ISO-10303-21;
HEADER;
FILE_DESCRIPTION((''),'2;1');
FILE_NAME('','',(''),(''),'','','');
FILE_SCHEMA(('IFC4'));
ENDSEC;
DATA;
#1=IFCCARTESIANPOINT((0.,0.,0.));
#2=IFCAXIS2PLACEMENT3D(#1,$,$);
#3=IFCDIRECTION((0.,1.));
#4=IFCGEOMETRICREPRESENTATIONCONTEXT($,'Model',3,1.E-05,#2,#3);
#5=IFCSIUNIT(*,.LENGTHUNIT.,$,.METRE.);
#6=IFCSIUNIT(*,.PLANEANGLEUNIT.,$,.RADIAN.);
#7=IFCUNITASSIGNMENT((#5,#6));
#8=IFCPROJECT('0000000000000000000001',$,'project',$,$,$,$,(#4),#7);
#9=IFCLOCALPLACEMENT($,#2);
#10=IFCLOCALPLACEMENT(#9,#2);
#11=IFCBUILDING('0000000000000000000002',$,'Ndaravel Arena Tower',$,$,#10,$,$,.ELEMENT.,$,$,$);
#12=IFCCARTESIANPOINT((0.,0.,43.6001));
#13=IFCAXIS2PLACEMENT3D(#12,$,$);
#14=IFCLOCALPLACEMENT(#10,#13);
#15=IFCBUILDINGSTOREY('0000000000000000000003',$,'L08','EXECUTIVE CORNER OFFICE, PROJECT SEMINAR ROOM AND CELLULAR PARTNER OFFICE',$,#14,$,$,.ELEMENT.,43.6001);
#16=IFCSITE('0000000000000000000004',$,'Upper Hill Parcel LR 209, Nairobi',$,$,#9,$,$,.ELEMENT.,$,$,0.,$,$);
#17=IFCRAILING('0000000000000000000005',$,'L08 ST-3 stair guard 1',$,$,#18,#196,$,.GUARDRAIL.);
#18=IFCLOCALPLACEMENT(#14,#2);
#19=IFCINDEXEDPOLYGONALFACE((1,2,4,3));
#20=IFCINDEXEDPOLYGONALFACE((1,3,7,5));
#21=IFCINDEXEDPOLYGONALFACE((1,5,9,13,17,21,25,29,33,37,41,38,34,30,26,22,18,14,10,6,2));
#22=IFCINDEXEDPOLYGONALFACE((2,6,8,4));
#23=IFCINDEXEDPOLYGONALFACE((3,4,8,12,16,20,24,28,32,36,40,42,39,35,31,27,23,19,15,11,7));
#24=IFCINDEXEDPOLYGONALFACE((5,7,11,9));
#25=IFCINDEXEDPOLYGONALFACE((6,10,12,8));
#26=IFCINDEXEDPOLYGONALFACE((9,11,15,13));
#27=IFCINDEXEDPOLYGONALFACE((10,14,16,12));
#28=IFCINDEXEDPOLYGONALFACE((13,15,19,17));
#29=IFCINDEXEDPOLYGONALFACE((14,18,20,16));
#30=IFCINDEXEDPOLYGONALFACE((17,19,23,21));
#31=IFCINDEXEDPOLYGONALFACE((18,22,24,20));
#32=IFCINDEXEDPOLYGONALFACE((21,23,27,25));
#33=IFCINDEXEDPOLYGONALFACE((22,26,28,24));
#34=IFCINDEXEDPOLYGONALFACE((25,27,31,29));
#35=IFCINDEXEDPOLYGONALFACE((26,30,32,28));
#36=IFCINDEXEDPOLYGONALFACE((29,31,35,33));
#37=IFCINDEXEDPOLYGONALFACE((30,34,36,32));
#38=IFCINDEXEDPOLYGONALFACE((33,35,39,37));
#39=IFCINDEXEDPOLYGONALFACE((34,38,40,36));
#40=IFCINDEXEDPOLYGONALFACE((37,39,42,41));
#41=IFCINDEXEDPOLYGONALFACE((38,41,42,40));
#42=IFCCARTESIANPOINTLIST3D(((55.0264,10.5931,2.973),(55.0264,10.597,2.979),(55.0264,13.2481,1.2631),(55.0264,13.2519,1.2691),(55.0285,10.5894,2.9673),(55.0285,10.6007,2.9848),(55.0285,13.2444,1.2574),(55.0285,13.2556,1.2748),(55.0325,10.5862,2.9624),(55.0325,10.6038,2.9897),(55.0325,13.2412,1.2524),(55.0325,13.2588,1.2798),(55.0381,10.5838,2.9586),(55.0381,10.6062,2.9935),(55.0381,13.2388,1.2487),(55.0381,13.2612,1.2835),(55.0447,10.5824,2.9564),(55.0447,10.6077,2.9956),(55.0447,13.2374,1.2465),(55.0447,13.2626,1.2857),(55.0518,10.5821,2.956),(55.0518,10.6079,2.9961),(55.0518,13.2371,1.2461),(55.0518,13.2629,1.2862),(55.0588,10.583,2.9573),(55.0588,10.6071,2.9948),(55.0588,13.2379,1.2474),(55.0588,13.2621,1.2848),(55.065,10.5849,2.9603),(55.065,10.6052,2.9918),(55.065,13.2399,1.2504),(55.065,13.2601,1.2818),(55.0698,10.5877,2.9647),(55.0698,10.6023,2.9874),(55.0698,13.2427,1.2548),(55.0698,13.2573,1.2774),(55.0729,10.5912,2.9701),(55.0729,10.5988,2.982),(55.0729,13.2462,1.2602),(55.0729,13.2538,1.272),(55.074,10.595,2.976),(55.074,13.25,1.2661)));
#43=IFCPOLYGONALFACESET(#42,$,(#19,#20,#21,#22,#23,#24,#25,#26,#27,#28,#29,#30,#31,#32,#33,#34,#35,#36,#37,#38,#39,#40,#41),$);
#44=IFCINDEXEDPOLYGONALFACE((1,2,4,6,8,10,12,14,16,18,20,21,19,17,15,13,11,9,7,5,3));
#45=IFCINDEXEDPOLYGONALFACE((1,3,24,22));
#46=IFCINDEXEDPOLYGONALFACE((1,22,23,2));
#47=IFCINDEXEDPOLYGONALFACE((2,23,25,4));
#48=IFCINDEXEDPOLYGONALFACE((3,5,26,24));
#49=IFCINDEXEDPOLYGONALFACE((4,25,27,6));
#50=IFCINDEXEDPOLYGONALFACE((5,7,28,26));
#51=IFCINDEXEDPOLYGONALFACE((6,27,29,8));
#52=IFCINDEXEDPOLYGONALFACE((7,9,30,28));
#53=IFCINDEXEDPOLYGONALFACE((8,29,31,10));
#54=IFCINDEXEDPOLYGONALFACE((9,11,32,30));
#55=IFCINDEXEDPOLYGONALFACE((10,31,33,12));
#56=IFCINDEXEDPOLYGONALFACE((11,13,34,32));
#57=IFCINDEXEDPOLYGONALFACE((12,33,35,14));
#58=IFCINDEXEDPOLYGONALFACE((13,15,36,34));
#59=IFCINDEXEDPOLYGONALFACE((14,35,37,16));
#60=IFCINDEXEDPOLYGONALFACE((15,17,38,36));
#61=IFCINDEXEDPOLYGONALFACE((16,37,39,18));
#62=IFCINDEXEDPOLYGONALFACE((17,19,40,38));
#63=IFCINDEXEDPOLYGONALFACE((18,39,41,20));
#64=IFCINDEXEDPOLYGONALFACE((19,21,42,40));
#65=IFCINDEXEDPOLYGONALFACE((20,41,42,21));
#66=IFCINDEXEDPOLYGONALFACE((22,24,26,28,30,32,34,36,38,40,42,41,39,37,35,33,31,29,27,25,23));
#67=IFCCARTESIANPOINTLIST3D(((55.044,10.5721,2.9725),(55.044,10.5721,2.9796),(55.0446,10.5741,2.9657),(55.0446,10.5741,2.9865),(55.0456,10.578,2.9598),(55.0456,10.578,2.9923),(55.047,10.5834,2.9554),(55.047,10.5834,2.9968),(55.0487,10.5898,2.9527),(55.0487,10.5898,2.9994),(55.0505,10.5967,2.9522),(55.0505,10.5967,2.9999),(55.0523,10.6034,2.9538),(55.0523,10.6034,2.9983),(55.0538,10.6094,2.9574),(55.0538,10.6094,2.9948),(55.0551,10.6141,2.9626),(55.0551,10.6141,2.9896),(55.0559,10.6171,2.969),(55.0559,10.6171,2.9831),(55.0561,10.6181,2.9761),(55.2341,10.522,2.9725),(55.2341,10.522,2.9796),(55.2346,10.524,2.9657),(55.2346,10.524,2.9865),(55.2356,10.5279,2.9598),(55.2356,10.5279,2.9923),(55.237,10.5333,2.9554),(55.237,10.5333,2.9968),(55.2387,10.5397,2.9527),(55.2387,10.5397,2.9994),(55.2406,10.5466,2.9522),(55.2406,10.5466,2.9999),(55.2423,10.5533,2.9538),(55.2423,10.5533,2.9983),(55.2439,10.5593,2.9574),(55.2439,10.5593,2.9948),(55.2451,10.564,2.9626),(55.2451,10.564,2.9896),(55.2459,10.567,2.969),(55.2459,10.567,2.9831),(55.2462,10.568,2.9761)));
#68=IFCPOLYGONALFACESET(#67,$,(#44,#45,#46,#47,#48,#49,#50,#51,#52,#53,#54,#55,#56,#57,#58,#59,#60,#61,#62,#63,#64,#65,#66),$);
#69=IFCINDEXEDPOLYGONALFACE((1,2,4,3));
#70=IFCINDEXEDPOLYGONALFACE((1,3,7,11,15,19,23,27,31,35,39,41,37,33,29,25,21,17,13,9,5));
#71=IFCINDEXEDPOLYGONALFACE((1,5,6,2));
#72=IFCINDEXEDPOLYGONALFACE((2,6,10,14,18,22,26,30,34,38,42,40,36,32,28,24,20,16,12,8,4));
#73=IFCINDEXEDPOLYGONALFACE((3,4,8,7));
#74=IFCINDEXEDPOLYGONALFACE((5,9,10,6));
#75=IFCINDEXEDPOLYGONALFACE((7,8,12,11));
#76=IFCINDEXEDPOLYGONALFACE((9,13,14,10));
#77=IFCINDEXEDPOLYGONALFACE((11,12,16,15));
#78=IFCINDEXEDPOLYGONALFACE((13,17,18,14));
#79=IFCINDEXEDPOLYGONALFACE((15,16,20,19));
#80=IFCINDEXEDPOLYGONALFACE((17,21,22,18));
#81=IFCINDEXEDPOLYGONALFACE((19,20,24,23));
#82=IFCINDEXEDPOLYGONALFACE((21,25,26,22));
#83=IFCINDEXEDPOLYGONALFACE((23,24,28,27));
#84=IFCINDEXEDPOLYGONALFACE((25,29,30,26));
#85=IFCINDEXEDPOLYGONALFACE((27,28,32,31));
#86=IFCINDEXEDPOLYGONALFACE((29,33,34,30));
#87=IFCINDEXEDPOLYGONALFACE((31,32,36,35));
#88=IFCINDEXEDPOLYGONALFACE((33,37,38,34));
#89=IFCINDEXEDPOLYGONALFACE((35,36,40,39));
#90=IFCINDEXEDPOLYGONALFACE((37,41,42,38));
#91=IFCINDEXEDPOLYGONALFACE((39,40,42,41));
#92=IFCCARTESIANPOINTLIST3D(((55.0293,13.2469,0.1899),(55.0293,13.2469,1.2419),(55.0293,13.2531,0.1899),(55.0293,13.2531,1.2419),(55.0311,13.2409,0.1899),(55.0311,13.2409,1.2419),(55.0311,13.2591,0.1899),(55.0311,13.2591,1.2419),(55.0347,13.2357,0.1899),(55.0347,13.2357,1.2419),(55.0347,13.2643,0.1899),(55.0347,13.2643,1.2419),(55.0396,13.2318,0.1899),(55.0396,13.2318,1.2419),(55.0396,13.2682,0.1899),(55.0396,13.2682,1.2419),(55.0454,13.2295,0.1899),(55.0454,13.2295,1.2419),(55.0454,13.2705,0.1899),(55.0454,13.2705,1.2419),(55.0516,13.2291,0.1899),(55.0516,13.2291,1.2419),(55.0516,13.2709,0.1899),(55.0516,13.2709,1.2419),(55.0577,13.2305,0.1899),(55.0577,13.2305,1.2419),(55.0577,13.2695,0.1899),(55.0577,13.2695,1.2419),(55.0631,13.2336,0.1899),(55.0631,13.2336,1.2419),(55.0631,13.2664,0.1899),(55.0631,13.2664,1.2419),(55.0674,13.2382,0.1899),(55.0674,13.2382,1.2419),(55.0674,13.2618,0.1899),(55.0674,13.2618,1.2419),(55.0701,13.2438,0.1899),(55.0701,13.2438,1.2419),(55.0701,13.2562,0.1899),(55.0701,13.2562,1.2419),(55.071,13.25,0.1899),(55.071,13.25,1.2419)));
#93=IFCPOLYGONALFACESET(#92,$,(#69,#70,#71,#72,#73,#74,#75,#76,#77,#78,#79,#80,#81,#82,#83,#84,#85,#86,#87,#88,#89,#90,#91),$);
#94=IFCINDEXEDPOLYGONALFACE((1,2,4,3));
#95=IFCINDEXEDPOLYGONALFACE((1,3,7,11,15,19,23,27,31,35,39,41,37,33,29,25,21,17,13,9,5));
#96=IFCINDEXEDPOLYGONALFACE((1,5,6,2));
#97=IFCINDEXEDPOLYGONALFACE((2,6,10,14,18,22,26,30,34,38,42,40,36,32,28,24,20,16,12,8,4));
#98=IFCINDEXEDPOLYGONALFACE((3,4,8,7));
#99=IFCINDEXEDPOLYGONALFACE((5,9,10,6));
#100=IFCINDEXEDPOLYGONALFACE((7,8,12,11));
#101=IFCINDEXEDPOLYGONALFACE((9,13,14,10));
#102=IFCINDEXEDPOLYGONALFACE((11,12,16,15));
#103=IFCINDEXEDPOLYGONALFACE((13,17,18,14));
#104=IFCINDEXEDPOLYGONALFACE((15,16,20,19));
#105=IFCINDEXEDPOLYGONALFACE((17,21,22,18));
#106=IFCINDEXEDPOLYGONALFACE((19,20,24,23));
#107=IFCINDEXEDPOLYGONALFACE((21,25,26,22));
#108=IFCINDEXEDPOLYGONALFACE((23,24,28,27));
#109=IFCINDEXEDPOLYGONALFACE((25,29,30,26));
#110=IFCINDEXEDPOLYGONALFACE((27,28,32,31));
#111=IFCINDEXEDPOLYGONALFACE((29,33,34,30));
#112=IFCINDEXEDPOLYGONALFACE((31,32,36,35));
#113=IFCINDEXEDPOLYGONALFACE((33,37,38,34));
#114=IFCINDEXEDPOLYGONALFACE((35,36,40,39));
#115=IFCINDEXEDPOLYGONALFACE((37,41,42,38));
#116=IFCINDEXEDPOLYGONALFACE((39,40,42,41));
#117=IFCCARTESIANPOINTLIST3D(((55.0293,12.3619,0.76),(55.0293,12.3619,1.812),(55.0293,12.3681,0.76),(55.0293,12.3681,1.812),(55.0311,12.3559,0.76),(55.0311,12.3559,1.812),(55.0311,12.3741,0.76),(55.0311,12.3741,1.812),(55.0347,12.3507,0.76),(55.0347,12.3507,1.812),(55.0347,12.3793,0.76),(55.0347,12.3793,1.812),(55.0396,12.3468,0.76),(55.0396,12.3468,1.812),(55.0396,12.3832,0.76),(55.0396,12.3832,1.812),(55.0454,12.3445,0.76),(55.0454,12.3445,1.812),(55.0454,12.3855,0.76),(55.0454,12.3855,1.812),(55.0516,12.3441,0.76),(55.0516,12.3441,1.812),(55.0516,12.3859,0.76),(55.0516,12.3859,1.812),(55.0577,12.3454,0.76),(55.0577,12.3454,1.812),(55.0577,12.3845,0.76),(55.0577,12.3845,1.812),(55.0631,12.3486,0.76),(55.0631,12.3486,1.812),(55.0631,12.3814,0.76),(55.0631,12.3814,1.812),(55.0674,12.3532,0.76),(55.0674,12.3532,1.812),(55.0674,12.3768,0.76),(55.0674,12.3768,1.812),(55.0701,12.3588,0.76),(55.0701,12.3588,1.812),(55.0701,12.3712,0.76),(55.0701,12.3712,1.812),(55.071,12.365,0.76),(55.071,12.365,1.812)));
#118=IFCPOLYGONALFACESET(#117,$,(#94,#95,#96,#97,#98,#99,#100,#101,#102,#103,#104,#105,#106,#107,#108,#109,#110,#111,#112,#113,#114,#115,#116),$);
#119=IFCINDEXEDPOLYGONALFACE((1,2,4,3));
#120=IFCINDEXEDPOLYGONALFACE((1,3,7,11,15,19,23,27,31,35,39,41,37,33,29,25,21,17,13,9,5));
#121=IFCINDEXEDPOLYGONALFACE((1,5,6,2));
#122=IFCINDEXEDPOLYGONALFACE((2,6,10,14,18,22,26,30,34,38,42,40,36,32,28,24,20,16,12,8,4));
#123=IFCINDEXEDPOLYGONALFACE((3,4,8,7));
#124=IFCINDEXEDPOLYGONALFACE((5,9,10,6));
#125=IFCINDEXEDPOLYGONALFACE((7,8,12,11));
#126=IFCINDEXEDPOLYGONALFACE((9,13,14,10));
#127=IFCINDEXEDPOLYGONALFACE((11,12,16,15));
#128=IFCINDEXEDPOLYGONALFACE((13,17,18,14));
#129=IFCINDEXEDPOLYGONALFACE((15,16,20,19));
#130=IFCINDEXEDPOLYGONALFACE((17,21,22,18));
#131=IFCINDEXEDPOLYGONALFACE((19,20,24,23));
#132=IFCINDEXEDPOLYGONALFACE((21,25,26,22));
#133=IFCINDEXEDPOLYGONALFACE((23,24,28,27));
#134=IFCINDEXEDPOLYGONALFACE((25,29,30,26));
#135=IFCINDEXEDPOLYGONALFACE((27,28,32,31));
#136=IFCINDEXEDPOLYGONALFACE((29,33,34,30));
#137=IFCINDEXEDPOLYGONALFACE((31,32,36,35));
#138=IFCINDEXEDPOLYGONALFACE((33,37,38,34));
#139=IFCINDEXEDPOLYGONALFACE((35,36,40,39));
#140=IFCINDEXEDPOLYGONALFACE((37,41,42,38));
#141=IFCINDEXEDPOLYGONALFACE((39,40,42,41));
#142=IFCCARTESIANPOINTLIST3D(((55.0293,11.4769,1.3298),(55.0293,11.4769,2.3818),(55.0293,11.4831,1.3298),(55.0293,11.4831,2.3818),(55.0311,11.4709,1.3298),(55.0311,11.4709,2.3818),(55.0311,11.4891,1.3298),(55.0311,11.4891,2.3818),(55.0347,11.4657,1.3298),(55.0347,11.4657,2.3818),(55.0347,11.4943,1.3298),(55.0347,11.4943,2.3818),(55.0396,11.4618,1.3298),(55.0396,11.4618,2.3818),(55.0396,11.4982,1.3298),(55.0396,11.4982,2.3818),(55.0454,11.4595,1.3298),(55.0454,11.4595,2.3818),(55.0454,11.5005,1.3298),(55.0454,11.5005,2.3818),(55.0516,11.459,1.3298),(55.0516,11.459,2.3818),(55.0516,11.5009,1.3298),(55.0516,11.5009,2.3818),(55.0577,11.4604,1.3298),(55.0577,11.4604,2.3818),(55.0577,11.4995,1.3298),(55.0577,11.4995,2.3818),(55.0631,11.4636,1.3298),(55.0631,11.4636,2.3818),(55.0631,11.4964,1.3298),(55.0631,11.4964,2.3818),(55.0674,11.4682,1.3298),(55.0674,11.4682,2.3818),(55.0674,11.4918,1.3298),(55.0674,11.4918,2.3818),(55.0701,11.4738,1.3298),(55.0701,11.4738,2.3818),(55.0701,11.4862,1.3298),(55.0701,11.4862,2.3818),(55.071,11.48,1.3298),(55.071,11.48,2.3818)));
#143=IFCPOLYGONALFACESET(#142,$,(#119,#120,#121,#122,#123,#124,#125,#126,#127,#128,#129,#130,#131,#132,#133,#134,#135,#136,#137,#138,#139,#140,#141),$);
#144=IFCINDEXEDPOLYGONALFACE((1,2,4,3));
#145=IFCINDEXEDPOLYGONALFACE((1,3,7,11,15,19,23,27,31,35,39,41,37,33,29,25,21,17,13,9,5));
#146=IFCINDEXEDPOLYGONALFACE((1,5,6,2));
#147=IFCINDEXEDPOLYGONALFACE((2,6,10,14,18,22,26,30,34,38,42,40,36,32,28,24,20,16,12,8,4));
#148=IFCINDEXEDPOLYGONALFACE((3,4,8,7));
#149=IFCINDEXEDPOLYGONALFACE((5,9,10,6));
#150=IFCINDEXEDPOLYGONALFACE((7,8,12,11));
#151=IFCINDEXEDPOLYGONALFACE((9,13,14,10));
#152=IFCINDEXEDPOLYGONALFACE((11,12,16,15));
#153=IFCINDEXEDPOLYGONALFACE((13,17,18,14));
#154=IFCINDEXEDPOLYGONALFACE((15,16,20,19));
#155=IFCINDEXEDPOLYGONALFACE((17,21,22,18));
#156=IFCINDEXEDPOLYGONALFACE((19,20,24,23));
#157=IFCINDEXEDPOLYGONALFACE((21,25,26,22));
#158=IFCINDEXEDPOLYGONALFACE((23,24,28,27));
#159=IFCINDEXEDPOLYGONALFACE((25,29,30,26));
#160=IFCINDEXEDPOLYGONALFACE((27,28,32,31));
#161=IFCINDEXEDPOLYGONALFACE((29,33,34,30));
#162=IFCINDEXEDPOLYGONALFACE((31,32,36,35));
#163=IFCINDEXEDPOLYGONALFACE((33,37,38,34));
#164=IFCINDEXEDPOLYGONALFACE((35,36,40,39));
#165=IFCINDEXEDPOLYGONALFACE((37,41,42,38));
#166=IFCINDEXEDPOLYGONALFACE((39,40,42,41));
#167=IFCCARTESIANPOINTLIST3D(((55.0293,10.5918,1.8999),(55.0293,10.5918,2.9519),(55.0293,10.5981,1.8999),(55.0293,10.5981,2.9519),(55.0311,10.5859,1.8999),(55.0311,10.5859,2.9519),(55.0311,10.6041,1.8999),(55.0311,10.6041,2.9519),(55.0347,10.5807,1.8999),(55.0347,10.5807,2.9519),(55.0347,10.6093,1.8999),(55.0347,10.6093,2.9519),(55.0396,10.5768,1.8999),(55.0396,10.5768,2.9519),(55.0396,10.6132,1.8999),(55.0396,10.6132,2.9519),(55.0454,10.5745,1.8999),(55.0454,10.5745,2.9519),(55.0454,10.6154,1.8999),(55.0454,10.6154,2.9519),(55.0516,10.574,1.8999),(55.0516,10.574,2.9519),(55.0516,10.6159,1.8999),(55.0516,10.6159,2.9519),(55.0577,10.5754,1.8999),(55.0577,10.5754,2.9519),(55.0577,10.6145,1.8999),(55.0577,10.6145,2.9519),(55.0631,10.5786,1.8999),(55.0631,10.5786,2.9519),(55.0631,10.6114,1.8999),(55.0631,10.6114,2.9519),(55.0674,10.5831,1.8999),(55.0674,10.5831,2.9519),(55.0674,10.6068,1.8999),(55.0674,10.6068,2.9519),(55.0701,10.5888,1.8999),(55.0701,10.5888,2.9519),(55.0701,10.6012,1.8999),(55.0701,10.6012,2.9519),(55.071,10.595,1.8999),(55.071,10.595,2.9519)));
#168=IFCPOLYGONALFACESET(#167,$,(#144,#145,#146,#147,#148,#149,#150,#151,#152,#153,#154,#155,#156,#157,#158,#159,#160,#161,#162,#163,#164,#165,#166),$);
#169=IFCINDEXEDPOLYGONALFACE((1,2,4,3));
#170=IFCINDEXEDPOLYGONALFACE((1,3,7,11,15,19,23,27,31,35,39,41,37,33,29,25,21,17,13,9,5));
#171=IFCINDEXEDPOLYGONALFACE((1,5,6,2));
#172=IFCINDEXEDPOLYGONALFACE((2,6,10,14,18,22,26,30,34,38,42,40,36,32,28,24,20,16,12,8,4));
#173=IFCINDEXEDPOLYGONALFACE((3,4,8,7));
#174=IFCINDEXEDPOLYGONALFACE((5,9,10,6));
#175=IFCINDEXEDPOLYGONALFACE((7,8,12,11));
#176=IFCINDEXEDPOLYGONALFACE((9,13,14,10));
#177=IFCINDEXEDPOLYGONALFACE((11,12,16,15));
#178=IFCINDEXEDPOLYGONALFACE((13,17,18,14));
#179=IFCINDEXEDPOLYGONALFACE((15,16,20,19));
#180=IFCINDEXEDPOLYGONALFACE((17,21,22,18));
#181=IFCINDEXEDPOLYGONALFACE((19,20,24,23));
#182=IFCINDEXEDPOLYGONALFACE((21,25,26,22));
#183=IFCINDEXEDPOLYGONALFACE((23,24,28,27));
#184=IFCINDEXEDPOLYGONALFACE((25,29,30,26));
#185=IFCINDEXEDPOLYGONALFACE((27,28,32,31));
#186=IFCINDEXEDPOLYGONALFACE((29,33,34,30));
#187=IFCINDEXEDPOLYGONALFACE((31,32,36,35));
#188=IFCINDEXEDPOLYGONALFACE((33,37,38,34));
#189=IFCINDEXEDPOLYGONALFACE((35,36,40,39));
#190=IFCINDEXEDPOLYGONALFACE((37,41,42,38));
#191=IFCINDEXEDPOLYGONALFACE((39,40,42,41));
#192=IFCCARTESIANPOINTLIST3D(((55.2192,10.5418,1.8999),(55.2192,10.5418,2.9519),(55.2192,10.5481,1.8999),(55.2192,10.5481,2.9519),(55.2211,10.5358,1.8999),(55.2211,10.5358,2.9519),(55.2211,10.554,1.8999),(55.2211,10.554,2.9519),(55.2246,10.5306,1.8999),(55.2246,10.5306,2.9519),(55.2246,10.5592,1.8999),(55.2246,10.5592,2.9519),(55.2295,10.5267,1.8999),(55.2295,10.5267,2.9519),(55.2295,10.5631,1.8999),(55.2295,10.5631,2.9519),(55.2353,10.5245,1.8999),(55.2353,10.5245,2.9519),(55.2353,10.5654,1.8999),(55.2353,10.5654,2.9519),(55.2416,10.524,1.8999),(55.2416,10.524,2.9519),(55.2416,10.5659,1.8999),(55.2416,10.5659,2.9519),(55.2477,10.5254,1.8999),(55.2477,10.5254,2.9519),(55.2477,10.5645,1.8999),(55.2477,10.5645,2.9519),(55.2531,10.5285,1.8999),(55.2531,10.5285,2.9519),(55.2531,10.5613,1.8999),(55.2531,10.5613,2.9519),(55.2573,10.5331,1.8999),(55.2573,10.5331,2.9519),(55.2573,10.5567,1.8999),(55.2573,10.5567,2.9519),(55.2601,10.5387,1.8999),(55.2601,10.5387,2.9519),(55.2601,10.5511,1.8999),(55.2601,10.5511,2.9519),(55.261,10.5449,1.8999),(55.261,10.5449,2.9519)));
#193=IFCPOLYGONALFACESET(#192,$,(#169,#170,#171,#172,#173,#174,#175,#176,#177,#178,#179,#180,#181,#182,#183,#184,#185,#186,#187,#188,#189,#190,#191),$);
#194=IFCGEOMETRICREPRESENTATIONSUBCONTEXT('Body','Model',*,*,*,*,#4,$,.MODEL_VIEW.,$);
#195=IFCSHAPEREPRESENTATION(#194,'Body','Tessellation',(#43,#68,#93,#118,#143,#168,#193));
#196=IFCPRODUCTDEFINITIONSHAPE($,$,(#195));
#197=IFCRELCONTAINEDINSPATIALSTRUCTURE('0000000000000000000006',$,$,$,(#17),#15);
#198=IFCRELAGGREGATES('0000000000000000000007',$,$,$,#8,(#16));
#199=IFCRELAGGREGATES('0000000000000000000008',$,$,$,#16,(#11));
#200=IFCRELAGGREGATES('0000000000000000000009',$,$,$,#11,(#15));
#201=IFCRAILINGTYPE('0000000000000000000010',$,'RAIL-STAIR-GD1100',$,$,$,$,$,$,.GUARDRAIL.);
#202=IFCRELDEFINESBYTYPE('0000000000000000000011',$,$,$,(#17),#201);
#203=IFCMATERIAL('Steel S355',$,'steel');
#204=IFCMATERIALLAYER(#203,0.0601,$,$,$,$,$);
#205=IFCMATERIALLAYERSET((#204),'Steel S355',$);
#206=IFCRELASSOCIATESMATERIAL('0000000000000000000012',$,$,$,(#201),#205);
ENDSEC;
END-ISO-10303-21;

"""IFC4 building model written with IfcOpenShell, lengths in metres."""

from ifc_helpers import new_model, si_unit, direction, frame, origin, origin_2d, place, context, subcontext, project, spatial, circle, extrude, material, layer, layer_set, type_object, element, save


model = new_model("IFC4")

# Units and contexts
model_context = context("Model", 3, precision=1e-05, world=origin(), true_north=direction((0.0, 1.0)))
body_context = subcontext(model_context, "Body", "Model", "MODEL_VIEW")
ifc_project = project(units=[si_unit("LENGTHUNIT", "METRE"), si_unit("PLANEANGLEUNIT", "RADIAN")], contexts=[model_context])

# Site, building, storey
site_placement = place(None, origin())
site = spatial("IfcSite", under=ifc_project, at=site_placement, Name="Upper Hill Parcel LR 209, Nairobi", CompositionType="ELEMENT", RefElevation=0.0)
building_placement = place(site_placement, origin())
building = spatial("IfcBuilding", under=site, at=building_placement, Name="Ndaravel Arena Tower", CompositionType="ELEMENT")
storey_placement = place(building_placement, frame((0.0, 0.0, 43.6001)))
storey = spatial("IfcBuildingStorey", under=building, at=storey_placement, Name="L08", Description="EXECUTIVE CORNER OFFICE, PROJECT SEMINAR ROOM AND CELLULAR PARTNER OFFICE", CompositionType="ELEMENT", Elevation=43.6001)

# Railing
ifc_material_1 = material(Name="Steel S355", Category="steel")
ifc_layer_1 = layer(ifc_material_1, 0.0601)
ifc_layer_set_1 = layer_set([ifc_layer_1], Name="Steel S355")
railing_type_1 = type_object("IfcRailingType", Name="RAIL-STAIR-GD1100", PredefinedType="GUARDRAIL", material=ifc_layer_set_1)
railing_1_placement = place(storey_placement, frame((55.05, 13.25, 0.1899)))
element("IfcRailing", 1, at=railing_1_placement, inside=storey, type_object=railing_type_1, Name="L08 ST-3 stair guard 1", PredefinedType="GUARDRAIL", context=body_context, shape_type="SweptSolid", body=[
    extrude(circle(Radius=0.0239, at=origin_2d()), frame((0.0, 0.0, 1.0762), z_axis=(0.0, -0.840724, 0.541465), x_axis=(1.0, 0.0, 0.0)), (0.0, 0.0, 1.0), 3.158),
    extrude(circle(Radius=0.0239, at=origin_2d()), frame((0.0, -2.655, 2.7861), z_axis=(0.966994, -0.254799, 0.0), x_axis=(0.254799, 0.966994, 0.0)), (0.0, 0.0, 1.0), 0.1965),
    extrude(circle(Radius=0.021, at=origin_2d()), origin(), (0.0, 0.0, 1.0), 1.052),
    extrude(circle(Radius=0.021, at=origin_2d()), frame((0.0, -0.885, 0.5701)), (0.0, 0.0, 1.0), 1.052),
    extrude(circle(Radius=0.021, at=origin_2d()), frame((0.0, -1.77, 1.1399)), (0.0, 0.0, 1.0), 1.052),
    extrude(circle(Radius=0.021, at=origin_2d()), frame((0.0, -2.655, 1.71)), (0.0, 0.0, 1.0), 1.052),
    extrude(circle(Radius=0.021, at=origin_2d()), frame((0.1899, -2.7051, 1.71)), (0.0, 0.0, 1.0), 1.052),
])

save(model, "model.ifc")
